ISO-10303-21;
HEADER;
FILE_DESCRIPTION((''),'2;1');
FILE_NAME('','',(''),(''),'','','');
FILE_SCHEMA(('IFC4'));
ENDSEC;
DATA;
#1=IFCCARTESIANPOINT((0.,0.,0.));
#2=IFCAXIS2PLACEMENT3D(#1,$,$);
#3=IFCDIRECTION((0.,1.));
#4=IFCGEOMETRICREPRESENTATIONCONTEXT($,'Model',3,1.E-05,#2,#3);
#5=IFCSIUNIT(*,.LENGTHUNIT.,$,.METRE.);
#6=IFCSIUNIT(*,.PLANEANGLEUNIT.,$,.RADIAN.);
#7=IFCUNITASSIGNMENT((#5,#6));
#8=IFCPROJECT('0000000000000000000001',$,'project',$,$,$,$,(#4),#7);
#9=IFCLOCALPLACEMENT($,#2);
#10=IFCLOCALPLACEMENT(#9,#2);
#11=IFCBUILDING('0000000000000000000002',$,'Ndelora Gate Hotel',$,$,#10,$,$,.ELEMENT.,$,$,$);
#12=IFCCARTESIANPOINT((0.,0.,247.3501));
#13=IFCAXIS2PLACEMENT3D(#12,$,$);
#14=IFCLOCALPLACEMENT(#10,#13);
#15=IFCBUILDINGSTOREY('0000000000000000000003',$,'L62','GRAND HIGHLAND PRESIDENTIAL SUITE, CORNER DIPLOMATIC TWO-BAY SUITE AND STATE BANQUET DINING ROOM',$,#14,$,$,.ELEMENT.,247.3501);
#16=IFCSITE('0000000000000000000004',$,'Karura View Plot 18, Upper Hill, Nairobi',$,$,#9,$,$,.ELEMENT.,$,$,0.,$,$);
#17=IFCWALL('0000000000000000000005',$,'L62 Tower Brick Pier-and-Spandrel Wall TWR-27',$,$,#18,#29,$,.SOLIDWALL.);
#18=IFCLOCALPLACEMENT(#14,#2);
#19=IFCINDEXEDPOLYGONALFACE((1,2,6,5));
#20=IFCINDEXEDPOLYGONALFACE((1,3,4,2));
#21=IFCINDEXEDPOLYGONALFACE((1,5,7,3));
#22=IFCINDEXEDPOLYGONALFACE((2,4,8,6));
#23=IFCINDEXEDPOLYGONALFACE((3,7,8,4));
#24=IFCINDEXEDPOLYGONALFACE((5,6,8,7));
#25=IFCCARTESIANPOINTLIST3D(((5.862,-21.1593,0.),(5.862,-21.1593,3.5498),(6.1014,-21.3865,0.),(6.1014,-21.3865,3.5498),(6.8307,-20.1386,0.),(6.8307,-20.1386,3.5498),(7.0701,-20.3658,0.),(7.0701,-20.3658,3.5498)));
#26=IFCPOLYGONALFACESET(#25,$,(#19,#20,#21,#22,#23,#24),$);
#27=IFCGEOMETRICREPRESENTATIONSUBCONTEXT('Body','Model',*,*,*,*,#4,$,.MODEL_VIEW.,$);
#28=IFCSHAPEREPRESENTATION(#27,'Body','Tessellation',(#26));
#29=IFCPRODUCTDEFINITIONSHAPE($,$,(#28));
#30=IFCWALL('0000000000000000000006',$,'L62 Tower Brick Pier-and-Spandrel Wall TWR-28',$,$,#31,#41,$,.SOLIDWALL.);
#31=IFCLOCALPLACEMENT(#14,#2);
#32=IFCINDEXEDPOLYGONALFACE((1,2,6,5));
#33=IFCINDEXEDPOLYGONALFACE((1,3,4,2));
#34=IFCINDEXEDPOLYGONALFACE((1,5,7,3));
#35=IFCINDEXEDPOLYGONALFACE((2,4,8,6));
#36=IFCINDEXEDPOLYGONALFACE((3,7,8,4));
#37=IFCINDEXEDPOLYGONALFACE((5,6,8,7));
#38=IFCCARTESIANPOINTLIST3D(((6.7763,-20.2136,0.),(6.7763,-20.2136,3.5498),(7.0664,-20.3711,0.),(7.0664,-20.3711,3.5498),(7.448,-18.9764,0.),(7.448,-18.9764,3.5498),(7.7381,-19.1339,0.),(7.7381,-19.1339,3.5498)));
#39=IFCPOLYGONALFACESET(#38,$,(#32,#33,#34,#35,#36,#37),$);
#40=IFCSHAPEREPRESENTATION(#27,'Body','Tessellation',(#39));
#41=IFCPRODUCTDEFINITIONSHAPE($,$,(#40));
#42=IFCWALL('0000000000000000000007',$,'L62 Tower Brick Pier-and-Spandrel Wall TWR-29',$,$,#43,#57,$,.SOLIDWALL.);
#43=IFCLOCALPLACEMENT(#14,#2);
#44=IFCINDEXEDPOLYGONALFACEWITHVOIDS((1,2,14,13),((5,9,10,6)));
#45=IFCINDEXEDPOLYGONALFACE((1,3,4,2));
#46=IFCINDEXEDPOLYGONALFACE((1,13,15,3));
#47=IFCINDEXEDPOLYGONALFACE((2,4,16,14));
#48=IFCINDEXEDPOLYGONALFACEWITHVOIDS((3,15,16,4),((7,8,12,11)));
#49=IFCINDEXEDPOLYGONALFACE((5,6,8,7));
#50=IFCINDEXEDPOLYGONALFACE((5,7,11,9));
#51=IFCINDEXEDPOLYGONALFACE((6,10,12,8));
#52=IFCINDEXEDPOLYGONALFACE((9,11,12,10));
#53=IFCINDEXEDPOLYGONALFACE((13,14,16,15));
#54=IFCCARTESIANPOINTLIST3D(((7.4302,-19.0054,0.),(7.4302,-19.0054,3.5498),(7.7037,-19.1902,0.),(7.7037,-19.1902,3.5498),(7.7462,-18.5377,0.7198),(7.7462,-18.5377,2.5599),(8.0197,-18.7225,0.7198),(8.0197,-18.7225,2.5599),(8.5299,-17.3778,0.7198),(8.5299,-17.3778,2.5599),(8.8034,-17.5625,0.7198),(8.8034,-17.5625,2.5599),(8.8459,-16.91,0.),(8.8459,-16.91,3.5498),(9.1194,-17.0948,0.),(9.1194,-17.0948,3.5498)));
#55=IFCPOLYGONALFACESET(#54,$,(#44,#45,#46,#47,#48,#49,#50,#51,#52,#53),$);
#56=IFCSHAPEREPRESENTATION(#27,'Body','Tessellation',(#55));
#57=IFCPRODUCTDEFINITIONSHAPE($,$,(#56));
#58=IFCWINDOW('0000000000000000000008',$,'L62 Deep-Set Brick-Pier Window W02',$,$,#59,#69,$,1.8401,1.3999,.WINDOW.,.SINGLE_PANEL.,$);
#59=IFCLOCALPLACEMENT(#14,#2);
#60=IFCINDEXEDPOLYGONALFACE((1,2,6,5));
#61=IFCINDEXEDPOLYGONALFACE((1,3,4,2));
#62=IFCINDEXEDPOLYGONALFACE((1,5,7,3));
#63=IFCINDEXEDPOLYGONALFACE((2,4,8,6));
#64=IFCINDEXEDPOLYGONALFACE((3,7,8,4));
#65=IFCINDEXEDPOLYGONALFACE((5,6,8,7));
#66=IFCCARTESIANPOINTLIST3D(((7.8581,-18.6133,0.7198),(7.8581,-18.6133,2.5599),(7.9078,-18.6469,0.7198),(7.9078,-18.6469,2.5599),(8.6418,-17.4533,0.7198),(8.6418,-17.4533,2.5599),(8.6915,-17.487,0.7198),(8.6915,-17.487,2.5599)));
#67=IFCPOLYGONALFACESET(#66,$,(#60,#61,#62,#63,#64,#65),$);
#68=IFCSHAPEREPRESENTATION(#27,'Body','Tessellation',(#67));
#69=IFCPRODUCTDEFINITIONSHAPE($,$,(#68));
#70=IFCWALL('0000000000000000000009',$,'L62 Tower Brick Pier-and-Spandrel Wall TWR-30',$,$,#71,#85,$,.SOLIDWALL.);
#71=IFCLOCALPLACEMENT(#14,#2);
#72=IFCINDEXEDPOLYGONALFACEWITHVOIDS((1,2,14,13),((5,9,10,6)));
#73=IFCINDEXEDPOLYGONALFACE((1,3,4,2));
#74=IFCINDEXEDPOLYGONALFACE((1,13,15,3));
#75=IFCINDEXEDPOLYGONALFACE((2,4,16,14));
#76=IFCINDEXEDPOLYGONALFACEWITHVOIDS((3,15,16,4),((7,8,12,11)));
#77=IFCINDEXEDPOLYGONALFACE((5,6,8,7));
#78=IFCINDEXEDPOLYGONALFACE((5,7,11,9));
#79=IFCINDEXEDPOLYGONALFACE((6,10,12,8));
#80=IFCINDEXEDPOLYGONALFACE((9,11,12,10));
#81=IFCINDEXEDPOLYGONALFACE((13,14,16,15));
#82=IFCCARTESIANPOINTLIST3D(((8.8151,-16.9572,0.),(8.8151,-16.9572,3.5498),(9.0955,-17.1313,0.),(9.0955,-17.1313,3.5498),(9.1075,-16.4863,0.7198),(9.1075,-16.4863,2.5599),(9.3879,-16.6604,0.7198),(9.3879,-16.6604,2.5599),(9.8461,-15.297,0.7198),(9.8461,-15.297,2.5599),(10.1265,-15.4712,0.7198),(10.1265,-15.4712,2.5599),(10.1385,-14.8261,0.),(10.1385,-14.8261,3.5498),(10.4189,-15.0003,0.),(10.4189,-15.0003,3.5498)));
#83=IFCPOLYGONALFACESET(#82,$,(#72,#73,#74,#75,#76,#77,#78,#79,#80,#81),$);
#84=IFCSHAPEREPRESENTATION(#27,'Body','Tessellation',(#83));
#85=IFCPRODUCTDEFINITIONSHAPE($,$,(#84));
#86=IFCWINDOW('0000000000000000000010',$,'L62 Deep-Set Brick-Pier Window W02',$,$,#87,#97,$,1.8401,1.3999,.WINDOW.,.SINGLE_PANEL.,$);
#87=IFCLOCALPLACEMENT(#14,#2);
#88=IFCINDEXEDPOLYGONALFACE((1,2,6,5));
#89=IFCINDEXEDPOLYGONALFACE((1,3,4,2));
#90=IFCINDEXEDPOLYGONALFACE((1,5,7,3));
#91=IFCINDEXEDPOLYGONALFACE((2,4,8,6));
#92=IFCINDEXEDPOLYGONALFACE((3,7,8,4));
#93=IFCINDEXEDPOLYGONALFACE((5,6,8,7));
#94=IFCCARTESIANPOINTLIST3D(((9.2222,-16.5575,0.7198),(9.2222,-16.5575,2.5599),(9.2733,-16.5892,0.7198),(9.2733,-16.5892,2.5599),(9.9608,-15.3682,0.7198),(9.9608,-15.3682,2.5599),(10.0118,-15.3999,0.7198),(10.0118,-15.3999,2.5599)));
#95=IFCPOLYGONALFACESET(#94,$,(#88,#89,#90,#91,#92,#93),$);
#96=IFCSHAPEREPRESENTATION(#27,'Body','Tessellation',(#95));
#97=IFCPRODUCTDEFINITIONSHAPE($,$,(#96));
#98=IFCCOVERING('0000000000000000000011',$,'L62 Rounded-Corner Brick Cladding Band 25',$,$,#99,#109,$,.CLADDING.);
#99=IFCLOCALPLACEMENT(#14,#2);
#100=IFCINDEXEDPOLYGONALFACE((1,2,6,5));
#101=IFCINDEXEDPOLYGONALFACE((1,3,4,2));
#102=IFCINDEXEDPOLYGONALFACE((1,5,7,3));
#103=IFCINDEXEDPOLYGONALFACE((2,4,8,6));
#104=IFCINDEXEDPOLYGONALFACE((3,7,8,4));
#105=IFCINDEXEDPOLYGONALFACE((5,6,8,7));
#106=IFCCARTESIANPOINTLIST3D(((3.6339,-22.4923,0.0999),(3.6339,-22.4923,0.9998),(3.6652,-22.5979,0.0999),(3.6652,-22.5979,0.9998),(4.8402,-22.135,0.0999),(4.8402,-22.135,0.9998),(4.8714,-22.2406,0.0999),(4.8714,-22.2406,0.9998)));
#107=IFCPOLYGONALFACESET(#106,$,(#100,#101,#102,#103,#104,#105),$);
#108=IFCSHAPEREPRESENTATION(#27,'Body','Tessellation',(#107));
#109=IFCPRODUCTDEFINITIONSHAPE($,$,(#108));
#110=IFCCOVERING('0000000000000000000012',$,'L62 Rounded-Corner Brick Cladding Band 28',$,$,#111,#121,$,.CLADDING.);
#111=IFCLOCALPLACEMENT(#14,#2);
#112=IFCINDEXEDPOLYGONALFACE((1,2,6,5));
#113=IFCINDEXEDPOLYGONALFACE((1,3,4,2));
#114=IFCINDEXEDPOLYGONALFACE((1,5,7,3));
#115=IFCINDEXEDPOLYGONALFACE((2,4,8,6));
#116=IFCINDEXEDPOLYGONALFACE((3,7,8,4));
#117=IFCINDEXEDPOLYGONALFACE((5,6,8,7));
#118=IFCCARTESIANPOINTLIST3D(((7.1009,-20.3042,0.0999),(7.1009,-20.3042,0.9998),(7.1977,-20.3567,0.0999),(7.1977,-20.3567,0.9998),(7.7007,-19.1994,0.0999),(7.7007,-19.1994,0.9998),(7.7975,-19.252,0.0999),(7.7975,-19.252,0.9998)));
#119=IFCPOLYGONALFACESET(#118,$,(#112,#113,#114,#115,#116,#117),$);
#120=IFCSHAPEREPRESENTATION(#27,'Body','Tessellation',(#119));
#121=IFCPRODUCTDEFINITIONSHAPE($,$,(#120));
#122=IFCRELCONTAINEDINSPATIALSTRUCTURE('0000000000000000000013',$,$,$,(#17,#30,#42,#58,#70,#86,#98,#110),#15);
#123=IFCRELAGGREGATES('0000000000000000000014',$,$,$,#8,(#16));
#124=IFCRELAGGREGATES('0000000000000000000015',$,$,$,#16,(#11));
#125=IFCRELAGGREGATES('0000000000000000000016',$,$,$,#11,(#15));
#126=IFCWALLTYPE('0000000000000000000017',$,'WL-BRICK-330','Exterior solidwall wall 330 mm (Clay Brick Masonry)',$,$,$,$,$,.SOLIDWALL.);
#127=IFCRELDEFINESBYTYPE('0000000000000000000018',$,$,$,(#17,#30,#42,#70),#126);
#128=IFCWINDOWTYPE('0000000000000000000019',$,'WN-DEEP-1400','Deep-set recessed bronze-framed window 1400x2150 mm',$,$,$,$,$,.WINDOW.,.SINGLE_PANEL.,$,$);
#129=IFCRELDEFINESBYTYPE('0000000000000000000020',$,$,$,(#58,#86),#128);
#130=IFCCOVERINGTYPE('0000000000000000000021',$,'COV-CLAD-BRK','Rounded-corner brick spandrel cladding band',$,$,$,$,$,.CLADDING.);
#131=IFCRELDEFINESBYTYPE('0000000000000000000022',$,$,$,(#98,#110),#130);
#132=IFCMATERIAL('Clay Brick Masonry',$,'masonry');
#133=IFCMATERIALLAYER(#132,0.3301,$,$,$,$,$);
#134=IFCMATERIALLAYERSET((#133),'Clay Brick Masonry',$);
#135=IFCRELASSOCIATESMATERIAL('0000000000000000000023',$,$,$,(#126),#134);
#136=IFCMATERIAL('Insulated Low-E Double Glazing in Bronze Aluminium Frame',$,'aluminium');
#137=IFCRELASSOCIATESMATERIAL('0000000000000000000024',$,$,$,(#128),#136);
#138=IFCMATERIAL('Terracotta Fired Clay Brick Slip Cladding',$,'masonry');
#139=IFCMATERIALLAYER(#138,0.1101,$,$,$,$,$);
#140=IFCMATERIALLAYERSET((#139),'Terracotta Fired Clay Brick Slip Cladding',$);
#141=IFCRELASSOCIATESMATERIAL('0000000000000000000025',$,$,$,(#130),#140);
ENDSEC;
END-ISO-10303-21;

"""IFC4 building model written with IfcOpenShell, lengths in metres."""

from ifc_helpers import new_model, si_unit, direction, frame, frame_2d, origin, origin_2d, place, context, subcontext, project, spatial, rectangle, extrude, material, layer, layer_set, type_object, element, fill, save


model = new_model("IFC4")

# Units and contexts
model_context = context("Model", 3, precision=1e-05, world=origin(), true_north=direction((0.0, 1.0)))
body_context = subcontext(model_context, "Body", "Model", "MODEL_VIEW")
ifc_project = project(units=[si_unit("LENGTHUNIT", "METRE"), si_unit("PLANEANGLEUNIT", "RADIAN")], contexts=[model_context])

# Site, building, storey
site_placement = place(None, origin())
site = spatial("IfcSite", under=ifc_project, at=site_placement, Name="Karura View Plot 18, Upper Hill, Nairobi", CompositionType="ELEMENT", RefElevation=0.0)
building_placement = place(site_placement, origin())
building = spatial("IfcBuilding", under=site, at=building_placement, Name="Ndelora Gate Hotel", CompositionType="ELEMENT")
storey_placement = place(building_placement, frame((0.0, 0.0, 247.3501)))
storey = spatial("IfcBuildingStorey", under=building, at=storey_placement, Name="L62", Description="GRAND HIGHLAND PRESIDENTIAL SUITE, CORNER DIPLOMATIC TWO-BAY SUITE AND STATE BANQUET DINING ROOM", CompositionType="ELEMENT", Elevation=247.3501)

# Walls
ifc_material_1 = material(Name="Clay Brick Masonry", Category="masonry")
ifc_layer_1 = layer(ifc_material_1, 0.3301)
ifc_layer_set_1 = layer_set([ifc_layer_1], Name="Clay Brick Masonry")
wall_type = type_object("IfcWallType", Name="WL-BRICK-330", Description="Exterior solidwall wall 330 mm (Clay Brick Masonry)", PredefinedType="SOLIDWALL", material=ifc_layer_set_1)
wall_1_placement = place(storey_placement, frame((6.9504, -20.2522, 0.0), z_axis=(0.0, 0.0, 1.0), x_axis=(-0.688389, -0.725342, 0.0)))
element("IfcWall", 1, at=wall_1_placement, inside=storey, type_object=wall_type, Name="L62 Tower Brick Pier-and-Spandrel Wall TWR-27", PredefinedType="SOLIDWALL", context=body_context, shape_type="SweptSolid", body=[
    extrude(rectangle(XDim=1.4072, YDim=0.3301, at=frame_2d((0.7036, 0.0))), origin(), (0.0, 0.0, 1.0), 3.5498),
])
wall_2_placement = place(storey_placement, frame((7.593, -19.0552, 0.0), z_axis=(0.0, 0.0, 1.0), x_axis=(-0.477138, -0.878828, 0.0)))
element("IfcWall", 2, at=wall_2_placement, inside=storey, type_object=wall_type, Name="L62 Tower Brick Pier-and-Spandrel Wall TWR-28", PredefinedType="SOLIDWALL", context=body_context, shape_type="SweptSolid", body=[
    extrude(rectangle(XDim=1.4077, YDim=0.3301, at=frame_2d((0.7039, 0.0))), origin(), (0.0, 0.0, 1.0), 3.5498),
])

# Walls, openings, windows
wall_3_placement = place(storey_placement, frame((8.9827, -17.0024, 0.0), z_axis=(0.0, 0.0, 1.0), x_axis=(-0.559836, -0.828603, 0.0)))
wall_3 = element("IfcWall", 3, at=wall_3_placement, inside=storey, type_object=wall_type, Name="L62 Tower Brick Pier-and-Spandrel Wall TWR-29", PredefinedType="SOLIDWALL", context=body_context, shape_type="SweptSolid", body=[
    extrude(rectangle(XDim=2.5288, YDim=0.3301, at=frame_2d((1.2644, 0.0))), origin(), (0.0, 0.0, 1.0), 3.5498),
])
opening_1_placement = place(wall_3_placement, frame((0.5645, 0.0, 0.72)))
opening_1 = element("IfcOpeningElement", 4, at=opening_1_placement, cuts=wall_3, PredefinedType="OPENING", context=body_context, shape_type="SweptSolid", body=[
    extrude(rectangle(XDim=1.3999, YDim=1.8401, at=frame_2d((0.7, 0.9199))), frame((0.0, 0.175, 0.0), z_axis=(0.0, -1.0, 0.0), x_axis=(1.0, 0.0, 0.0)), (0.0, 0.0, 1.0), 0.3501),
])
ifc_material_2 = material(Name="Insulated Low-E Double Glazing in Bronze Aluminium Frame", Category="aluminium")
window_type = type_object("IfcWindowType", Name="WN-DEEP-1400", Description="Deep-set recessed bronze-framed window 1400x2150 mm", PartitioningType="SINGLE_PANEL", PredefinedType="WINDOW", material=ifc_material_2)
window_1_placement = place(opening_1_placement, origin())
window_1 = element("IfcWindow", 5, at=window_1_placement, inside=storey, type_object=window_type, Name="L62 Deep-Set Brick-Pier Window W02", OverallHeight=1.8401, OverallWidth=1.3999, PartitioningType="SINGLE_PANEL", PredefinedType="WINDOW", context=body_context, shape_type="SweptSolid", body=[
    extrude(rectangle(XDim=1.3999, YDim=1.8401, at=frame_2d((0.7, 0.9199))), frame((0.0, 0.03, 0.0), z_axis=(0.0, -1.0, 0.0), x_axis=(1.0, 0.0, 0.0)), (0.0, 0.0, 1.0), 0.0601),
])
fill(opening_1, window_1)
wall_4_placement = place(storey_placement, frame((10.2788, -14.9131, 0.0), z_axis=(0.0, 0.0, 1.0), x_axis=(-0.527574, -0.849509, 0.0)))
wall_4 = element("IfcWall", 6, at=wall_4_placement, inside=storey, type_object=wall_type, Name="L62 Tower Brick Pier-and-Spandrel Wall TWR-30", PredefinedType="SOLIDWALL", context=body_context, shape_type="SweptSolid", body=[
    extrude(rectangle(XDim=2.5085, YDim=0.3301, at=frame_2d((1.2544, 0.0))), origin(), (0.0, 0.0, 1.0), 3.5498),
])
opening_2_placement = place(wall_4_placement, frame((0.5544, 0.0, 0.72)))
opening_2 = element("IfcOpeningElement", 7, at=opening_2_placement, cuts=wall_4, PredefinedType="OPENING", context=body_context, shape_type="SweptSolid", body=[
    extrude(rectangle(XDim=1.3999, YDim=1.8401, at=frame_2d((0.7, 0.9199))), frame((0.0, 0.175, 0.0), z_axis=(0.0, -1.0, 0.0), x_axis=(1.0, 0.0, 0.0)), (0.0, 0.0, 1.0), 0.3501),
])
window_2_placement = place(opening_2_placement, origin())
window_2 = element("IfcWindow", 8, at=window_2_placement, inside=storey, type_object=window_type, Name="L62 Deep-Set Brick-Pier Window W02", OverallHeight=1.8401, OverallWidth=1.3999, PartitioningType="SINGLE_PANEL", PredefinedType="WINDOW", context=body_context, shape_type="SweptSolid", body=[
    extrude(rectangle(XDim=1.3999, YDim=1.8401, at=frame_2d((0.7, 0.9199))), frame((0.0, 0.03, 0.0), z_axis=(0.0, -1.0, 0.0), x_axis=(1.0, 0.0, 0.0)), (0.0, 0.0, 1.0), 0.0601),
])
fill(opening_2, window_2)

# Coverings
ifc_material_3 = material(Name="Terracotta Fired Clay Brick Slip Cladding", Category="masonry")
ifc_layer_2 = layer(ifc_material_3, 0.1101)
ifc_layer_set_2 = layer_set([ifc_layer_2], Name="Terracotta Fired Clay Brick Slip Cladding")
covering_type = type_object("IfcCoveringType", Name="COV-CLAD-BRK", Description="Rounded-corner brick spandrel cladding band", PredefinedType="CLADDING", material=ifc_layer_set_2)
covering_1_placement = place(storey_placement, frame((4.2527, -22.3665, 0.0999), z_axis=(0.0, 0.0, 1.0), x_axis=(0.95882, 0.284015, 0.0)))
element("IfcCovering", 9, at=covering_1_placement, inside=storey, type_object=covering_type, Name="L62 Rounded-Corner Brick Cladding Band 25", PredefinedType="CLADDING", context=body_context, shape_type="SweptSolid", body=[
    extrude(rectangle(XDim=1.2581, YDim=0.1101, at=origin_2d()), origin(), (0.0, 0.0, 1.0), 0.8999),
])
covering_2_placement = place(storey_placement, frame((7.4492, -19.7781, 0.0999), z_axis=(0.0, 0.0, 1.0), x_axis=(0.477159, 0.878817, 0.0)))
element("IfcCovering", 10, at=covering_2_placement, inside=storey, type_object=covering_type, Name="L62 Rounded-Corner Brick Cladding Band 28", PredefinedType="CLADDING", context=body_context, shape_type="SweptSolid", body=[
    extrude(rectangle(XDim=1.2571, YDim=0.1101, at=origin_2d()), origin(), (0.0, 0.0, 1.0), 0.8999),
])

save(model, "model.ifc")
